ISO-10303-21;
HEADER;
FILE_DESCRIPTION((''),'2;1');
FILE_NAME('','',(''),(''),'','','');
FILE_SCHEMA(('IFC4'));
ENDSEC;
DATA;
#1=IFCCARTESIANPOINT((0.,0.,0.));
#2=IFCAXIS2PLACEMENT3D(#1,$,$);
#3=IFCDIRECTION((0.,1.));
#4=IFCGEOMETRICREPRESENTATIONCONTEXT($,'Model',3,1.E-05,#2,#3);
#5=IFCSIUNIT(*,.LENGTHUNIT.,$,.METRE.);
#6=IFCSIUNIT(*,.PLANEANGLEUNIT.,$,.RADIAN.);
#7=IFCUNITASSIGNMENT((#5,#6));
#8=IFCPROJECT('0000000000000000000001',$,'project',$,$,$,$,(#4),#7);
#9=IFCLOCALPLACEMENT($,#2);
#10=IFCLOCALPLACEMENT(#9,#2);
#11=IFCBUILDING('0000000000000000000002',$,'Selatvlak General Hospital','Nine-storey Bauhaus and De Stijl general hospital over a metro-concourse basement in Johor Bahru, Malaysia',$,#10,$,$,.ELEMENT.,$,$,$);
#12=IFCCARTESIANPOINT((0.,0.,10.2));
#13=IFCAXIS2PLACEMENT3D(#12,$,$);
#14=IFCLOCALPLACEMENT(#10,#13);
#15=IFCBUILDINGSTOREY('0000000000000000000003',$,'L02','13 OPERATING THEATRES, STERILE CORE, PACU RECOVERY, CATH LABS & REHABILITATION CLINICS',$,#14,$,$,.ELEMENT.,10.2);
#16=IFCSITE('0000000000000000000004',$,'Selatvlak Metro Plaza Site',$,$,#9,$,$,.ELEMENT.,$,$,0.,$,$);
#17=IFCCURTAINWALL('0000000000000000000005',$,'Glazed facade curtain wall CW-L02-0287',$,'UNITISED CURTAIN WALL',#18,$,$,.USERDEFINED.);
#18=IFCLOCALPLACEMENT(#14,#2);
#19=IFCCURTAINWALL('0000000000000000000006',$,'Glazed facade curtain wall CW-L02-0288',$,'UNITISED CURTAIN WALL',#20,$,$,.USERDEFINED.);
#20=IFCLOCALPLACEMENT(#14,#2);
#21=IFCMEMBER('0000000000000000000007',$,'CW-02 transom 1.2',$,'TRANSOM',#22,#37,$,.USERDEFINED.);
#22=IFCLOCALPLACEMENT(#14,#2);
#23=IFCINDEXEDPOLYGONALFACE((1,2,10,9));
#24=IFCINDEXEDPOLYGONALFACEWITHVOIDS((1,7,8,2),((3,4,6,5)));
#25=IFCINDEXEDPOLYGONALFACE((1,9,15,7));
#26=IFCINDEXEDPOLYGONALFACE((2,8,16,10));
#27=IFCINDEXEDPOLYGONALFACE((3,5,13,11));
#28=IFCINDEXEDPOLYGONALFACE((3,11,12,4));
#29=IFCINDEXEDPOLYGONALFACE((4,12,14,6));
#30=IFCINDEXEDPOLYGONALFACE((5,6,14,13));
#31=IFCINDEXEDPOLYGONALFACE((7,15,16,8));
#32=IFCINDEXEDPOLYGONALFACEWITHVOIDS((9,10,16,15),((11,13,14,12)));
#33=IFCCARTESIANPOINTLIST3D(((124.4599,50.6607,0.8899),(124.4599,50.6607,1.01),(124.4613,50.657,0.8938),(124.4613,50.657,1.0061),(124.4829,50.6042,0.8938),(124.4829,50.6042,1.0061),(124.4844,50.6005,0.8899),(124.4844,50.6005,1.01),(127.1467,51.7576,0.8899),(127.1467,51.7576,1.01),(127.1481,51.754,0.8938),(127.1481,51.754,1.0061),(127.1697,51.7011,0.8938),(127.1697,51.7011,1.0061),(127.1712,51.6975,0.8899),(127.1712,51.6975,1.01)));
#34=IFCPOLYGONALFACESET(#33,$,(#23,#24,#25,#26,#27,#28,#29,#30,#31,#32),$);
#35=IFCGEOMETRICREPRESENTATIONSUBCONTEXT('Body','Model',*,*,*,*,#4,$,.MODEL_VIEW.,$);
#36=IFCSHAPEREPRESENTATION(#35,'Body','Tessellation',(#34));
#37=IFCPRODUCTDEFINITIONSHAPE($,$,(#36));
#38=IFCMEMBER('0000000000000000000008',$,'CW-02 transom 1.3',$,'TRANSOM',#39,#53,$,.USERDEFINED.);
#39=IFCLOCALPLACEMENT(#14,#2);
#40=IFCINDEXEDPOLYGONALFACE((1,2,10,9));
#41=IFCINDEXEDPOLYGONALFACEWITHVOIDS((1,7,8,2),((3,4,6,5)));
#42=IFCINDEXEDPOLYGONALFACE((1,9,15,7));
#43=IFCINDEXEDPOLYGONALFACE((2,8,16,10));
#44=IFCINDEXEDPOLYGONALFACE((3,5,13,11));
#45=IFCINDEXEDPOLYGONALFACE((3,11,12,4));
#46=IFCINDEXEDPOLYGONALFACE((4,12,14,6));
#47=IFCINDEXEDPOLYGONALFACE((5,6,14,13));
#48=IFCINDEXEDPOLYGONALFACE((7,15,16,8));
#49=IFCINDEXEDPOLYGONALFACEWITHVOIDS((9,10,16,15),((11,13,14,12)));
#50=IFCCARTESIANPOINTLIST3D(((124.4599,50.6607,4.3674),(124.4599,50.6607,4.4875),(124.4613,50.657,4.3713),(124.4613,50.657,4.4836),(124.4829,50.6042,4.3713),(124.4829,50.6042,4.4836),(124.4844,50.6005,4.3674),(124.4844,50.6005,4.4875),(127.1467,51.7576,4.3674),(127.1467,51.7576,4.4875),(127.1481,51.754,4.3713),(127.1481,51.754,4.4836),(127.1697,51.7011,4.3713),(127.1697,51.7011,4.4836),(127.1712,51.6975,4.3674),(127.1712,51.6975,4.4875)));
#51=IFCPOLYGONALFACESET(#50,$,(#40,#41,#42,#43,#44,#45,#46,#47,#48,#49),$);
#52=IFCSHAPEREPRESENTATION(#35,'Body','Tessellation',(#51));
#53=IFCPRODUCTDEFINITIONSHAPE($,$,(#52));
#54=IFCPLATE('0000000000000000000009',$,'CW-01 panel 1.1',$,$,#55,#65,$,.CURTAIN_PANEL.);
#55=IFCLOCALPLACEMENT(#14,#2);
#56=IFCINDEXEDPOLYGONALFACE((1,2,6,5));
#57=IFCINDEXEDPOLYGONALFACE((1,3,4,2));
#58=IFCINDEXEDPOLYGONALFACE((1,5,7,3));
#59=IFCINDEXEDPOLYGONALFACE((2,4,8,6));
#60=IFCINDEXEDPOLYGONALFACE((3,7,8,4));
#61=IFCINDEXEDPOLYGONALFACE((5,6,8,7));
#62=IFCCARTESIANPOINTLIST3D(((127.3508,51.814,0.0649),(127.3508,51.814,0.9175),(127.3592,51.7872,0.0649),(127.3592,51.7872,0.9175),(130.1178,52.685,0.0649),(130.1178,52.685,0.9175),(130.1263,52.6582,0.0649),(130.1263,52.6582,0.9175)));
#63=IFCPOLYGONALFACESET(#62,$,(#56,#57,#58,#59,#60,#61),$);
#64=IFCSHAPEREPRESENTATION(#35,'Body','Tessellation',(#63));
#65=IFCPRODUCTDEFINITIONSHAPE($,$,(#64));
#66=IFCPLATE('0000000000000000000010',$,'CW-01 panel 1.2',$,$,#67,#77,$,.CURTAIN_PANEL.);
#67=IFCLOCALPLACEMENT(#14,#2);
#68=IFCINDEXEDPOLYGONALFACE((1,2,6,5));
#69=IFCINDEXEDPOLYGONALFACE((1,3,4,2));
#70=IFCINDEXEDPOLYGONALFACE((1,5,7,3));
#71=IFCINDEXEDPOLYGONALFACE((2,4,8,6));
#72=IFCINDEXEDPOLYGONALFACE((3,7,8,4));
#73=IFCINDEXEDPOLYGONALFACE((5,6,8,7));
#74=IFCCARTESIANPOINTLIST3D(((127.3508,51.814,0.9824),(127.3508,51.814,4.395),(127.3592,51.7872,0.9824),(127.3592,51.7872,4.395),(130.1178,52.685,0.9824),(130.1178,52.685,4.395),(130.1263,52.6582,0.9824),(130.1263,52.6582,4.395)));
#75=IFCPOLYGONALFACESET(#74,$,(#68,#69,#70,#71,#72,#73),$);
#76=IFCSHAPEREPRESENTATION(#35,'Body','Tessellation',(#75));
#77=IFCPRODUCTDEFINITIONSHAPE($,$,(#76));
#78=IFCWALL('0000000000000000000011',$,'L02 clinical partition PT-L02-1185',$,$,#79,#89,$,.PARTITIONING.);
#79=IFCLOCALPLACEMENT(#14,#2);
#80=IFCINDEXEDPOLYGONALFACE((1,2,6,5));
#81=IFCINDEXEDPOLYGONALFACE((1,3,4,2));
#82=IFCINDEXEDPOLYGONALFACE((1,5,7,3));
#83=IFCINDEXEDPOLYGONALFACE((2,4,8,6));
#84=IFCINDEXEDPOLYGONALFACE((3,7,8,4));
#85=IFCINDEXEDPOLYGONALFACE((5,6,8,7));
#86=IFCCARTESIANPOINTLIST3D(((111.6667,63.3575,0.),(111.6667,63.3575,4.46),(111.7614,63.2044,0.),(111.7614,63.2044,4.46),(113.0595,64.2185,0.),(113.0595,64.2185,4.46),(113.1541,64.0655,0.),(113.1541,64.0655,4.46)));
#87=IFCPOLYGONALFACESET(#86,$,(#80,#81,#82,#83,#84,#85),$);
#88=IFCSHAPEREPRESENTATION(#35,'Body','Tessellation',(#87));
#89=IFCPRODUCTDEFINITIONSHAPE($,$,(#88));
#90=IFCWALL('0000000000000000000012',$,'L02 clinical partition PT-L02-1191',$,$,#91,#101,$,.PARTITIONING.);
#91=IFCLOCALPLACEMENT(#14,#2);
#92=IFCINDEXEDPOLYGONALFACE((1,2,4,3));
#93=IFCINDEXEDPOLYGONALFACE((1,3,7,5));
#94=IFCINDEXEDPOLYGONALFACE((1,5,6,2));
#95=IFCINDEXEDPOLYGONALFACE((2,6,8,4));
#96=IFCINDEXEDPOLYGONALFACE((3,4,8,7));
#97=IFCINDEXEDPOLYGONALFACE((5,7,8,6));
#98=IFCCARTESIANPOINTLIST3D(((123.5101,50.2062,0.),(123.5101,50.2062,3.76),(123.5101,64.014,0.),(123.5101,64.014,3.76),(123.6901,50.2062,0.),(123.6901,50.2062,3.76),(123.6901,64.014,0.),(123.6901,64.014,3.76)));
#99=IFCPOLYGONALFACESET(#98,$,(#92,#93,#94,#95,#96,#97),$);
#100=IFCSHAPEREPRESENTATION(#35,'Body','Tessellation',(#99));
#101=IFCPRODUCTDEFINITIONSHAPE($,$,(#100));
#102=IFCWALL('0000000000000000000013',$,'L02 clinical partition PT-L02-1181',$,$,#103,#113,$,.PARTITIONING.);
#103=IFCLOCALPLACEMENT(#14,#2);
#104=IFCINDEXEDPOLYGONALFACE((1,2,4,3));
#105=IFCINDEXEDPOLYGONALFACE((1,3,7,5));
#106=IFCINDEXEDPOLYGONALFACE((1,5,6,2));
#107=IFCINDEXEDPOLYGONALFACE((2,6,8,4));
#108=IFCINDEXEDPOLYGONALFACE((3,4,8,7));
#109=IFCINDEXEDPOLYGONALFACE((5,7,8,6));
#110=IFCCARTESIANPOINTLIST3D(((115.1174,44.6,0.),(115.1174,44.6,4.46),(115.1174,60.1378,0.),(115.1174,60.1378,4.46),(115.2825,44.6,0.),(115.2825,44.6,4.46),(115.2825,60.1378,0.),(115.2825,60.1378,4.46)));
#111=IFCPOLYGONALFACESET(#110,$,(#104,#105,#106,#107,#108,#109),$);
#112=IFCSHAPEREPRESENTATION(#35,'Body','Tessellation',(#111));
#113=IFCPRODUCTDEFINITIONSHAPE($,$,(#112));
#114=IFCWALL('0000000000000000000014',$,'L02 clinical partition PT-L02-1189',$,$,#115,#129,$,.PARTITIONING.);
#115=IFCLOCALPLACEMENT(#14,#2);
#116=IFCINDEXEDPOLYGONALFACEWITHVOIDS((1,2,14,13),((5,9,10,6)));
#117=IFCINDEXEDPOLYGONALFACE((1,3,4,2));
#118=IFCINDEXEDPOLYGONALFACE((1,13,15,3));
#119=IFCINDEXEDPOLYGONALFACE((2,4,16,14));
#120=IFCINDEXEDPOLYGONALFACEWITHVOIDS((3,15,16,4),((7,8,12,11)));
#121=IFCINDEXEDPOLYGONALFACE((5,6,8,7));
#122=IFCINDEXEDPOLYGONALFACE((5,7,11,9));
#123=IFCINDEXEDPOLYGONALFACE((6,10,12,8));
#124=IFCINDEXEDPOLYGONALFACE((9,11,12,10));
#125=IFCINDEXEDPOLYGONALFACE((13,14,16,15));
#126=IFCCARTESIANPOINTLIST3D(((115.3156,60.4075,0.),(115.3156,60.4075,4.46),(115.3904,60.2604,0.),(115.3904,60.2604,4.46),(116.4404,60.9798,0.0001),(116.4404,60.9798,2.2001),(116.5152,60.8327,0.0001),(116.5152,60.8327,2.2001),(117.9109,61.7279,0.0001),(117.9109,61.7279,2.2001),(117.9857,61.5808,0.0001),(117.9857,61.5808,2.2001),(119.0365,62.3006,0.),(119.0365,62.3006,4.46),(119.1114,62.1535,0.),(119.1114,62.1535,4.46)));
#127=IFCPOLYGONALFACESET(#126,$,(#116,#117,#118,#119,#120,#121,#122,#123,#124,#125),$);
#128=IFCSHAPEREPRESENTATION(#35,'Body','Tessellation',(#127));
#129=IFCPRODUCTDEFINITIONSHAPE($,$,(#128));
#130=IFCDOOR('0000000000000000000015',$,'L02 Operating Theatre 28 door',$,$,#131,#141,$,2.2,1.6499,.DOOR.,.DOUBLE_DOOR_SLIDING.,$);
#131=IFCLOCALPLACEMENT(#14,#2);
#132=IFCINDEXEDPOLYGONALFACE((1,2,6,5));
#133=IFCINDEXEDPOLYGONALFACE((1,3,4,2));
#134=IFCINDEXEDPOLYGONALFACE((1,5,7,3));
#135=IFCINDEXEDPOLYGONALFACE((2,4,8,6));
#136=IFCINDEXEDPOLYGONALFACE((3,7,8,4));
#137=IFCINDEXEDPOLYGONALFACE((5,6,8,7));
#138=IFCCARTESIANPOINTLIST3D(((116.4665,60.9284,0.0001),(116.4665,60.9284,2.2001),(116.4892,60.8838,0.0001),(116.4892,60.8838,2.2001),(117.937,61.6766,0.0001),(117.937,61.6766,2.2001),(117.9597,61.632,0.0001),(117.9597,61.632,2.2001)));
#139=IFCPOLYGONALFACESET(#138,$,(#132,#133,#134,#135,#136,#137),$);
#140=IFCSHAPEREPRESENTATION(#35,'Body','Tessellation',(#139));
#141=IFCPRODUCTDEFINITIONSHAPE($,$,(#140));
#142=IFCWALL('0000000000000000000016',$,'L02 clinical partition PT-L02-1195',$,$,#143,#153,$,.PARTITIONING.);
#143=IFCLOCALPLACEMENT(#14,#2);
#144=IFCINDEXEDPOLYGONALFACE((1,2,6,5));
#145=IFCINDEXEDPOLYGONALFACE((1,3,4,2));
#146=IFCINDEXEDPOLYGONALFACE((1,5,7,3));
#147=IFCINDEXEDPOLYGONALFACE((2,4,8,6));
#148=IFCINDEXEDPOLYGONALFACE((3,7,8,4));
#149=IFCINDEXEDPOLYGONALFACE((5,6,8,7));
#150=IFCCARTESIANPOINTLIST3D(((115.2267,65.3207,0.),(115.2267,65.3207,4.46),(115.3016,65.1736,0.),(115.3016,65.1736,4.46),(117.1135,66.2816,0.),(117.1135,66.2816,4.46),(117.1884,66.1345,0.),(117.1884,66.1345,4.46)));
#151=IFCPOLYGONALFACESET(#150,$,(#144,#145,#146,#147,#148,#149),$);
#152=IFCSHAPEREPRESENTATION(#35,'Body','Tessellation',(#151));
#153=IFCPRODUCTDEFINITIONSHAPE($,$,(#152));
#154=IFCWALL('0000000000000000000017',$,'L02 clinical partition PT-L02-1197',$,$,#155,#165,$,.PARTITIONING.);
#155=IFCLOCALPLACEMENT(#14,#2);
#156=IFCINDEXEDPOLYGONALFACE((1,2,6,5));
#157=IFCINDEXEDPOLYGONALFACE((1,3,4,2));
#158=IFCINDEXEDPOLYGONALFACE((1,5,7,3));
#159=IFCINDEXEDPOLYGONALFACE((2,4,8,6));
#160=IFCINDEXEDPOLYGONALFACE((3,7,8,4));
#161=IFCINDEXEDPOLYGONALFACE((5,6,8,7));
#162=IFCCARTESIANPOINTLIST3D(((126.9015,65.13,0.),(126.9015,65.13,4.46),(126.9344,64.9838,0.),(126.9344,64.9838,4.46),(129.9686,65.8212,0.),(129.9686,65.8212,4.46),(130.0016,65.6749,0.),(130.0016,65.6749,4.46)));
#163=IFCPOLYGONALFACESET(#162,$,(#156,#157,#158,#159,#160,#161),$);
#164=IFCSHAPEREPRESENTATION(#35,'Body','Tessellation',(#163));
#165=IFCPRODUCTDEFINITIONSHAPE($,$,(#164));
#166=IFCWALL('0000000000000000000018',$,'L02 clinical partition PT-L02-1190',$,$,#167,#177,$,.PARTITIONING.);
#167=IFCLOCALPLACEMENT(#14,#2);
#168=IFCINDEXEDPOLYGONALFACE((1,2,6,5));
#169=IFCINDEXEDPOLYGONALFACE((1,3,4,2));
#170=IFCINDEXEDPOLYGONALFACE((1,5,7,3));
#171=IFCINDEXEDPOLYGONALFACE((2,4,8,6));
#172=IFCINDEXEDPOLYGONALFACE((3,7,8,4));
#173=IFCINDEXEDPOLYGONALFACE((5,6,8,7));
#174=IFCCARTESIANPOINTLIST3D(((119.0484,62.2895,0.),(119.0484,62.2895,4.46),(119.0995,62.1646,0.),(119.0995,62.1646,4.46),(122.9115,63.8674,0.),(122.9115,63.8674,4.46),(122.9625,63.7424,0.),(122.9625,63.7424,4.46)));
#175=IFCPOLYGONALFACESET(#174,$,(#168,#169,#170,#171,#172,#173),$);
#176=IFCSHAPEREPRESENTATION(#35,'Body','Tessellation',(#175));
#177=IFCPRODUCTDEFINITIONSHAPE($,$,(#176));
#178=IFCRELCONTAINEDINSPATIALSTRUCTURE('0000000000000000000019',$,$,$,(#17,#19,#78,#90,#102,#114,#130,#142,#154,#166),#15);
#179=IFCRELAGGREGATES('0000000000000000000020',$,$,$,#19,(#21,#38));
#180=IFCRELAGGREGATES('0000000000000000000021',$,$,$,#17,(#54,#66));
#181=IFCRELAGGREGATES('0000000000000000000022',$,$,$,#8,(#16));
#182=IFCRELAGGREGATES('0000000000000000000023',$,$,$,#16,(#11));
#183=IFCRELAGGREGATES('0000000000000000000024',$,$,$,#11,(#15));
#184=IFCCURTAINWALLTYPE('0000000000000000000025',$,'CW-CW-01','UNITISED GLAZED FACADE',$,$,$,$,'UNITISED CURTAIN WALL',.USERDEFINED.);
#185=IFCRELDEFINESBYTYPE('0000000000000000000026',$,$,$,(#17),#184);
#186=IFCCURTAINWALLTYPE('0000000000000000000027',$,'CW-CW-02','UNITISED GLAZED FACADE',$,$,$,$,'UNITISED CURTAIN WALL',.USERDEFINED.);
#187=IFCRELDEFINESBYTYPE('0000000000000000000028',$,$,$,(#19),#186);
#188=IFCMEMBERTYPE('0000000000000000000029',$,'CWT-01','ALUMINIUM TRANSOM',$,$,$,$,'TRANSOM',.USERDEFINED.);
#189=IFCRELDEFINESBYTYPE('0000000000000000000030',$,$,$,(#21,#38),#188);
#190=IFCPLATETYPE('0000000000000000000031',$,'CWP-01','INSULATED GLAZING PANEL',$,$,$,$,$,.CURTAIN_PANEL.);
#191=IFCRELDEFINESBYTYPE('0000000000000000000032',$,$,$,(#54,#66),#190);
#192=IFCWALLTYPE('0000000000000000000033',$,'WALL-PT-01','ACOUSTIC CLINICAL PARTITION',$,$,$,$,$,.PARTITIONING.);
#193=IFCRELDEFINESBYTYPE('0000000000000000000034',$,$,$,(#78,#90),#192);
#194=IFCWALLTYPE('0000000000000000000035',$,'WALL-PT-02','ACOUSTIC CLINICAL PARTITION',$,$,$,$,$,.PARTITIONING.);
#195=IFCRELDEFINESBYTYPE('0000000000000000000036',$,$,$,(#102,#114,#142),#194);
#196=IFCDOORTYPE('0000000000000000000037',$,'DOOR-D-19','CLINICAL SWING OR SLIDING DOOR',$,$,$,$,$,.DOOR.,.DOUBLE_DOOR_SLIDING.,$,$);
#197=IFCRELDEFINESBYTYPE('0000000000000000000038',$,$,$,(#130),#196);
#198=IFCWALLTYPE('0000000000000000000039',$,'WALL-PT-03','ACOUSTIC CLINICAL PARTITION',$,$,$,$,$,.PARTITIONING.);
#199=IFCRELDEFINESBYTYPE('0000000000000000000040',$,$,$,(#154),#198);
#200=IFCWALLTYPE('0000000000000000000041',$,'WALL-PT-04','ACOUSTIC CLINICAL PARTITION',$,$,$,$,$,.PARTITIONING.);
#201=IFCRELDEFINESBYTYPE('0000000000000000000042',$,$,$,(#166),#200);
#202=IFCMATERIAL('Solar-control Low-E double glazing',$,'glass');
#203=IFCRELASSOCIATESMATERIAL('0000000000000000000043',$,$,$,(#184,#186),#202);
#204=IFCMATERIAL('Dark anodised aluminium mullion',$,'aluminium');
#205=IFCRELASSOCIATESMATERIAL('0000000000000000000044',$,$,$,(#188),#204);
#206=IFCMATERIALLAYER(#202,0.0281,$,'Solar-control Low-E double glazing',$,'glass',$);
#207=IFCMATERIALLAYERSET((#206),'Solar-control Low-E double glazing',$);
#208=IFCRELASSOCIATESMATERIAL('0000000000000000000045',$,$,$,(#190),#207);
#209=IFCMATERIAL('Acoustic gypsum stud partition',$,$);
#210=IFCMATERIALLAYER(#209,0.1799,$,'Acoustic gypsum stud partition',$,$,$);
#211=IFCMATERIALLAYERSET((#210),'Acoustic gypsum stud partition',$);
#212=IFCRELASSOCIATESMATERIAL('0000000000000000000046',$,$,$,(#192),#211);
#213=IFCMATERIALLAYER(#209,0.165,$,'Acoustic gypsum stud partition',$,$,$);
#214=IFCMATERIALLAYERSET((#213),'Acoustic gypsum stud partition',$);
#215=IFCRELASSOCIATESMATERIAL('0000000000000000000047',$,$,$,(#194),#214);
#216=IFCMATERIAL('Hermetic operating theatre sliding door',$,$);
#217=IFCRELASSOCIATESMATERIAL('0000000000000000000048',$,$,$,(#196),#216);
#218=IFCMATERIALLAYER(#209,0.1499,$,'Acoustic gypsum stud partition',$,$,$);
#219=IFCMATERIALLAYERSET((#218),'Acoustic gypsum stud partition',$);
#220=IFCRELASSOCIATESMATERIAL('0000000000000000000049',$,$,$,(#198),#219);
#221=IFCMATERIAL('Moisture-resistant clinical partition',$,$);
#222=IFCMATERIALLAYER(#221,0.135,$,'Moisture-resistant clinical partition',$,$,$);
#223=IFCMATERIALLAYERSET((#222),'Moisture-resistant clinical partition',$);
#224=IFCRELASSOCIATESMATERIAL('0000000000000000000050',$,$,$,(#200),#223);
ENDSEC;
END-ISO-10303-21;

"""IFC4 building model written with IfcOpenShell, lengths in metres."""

from ifc_helpers import new_model, si_unit, direction, frame, frame_2d, origin, origin_2d, place, context, subcontext, project, spatial, rectangle, hollow_rectangle, extrude, material, layer, layer_set, material_profile, profile_set, type_object, element, fill, aggregate, save


model = new_model("IFC4")

# Units and contexts
model_context = context("Model", 3, precision=1e-05, world=origin(), true_north=direction((0.0, 1.0)))
body_context = subcontext(model_context, "Body", "Model", "MODEL_VIEW")
ifc_project = project(units=[si_unit("LENGTHUNIT", "METRE"), si_unit("PLANEANGLEUNIT", "RADIAN")], contexts=[model_context])

# Site, building, storey
site_placement = place(None, origin())
site = spatial("IfcSite", under=ifc_project, at=site_placement, Name="Selatvlak Metro Plaza Site", CompositionType="ELEMENT", RefElevation=0.0)
building_placement = place(site_placement, origin())
building = spatial("IfcBuilding", under=site, at=building_placement, Name="Selatvlak General Hospital", Description="Nine-storey Bauhaus and De Stijl general hospital over a metro-concourse basement in Johor Bahru, Malaysia", CompositionType="ELEMENT")
storey_placement = place(building_placement, frame((0.0, 0.0, 10.2)))
storey = spatial("IfcBuildingStorey", under=building, at=storey_placement, Name="L02", Description="13 OPERATING THEATRES, STERILE CORE, PACU RECOVERY, CATH LABS & REHABILITATION CLINICS", CompositionType="ELEMENT", Elevation=10.2)

# Curtain wall
ifc_material_1 = material(Name="Solar-control Low-E double glazing", Category="glass")
curtain_wall_type_1 = type_object("IfcCurtainWallType", Name="CW-CW-01", Description="UNITISED GLAZED FACADE", ElementType="UNITISED CURTAIN WALL", PredefinedType="USERDEFINED", material=ifc_material_1)
curtain_wall_1_placement = place(storey_placement, origin())
curtain_wall_1 = element("IfcCurtainWall", 1, at=curtain_wall_1_placement, inside=storey, type_object=curtain_wall_type_1, Name="Glazed facade curtain wall CW-L02-0287", ObjectType="UNITISED CURTAIN WALL", PredefinedType="USERDEFINED")
ifc_material_2 = material(Name="Dark anodised aluminium mullion", Category="aluminium")

# Curtain wall
curtain_wall_type_2 = type_object("IfcCurtainWallType", Name="CW-CW-02", Description="UNITISED GLAZED FACADE", ElementType="UNITISED CURTAIN WALL", PredefinedType="USERDEFINED", material=ifc_material_1)
curtain_wall_2_placement = place(storey_placement, origin())
curtain_wall_2 = element("IfcCurtainWall", 2, at=curtain_wall_2_placement, inside=storey, type_object=curtain_wall_type_2, Name="Glazed facade curtain wall CW-L02-0288", ObjectType="UNITISED CURTAIN WALL", PredefinedType="USERDEFINED")

# Members
ifc_material_profile_1 = material_profile(ifc_material_2, hollow_rectangle(XDim=0.0649, YDim=0.1201, WallThickness=0.0039, at=origin_2d()), Name="AL-TRN 65x120x4")
ifc_profile_set_1 = profile_set([ifc_material_profile_1], Name="Dark anodised aluminium mullion")
member_type_1 = type_object("IfcMemberType", Name="CWT-01", Description="ALUMINIUM TRANSOM", ElementType="TRANSOM", PredefinedType="USERDEFINED", material=ifc_profile_set_1)
member_1_placement = place(storey_placement, frame((127.1589, 51.7275, 0.95), z_axis=(-0.925813, -0.377981, 0.0), x_axis=(0.377981, -0.925813, 0.0)))
member_1 = element("IfcMember", 3, at=member_1_placement, type_object=member_type_1, Name="CW-02 transom 1.2", ObjectType="TRANSOM", PredefinedType="USERDEFINED", context=body_context, shape_type="SweptSolid", body=[
    extrude(hollow_rectangle(XDim=0.0649, YDim=0.1201, WallThickness=0.0039, at=origin_2d()), origin(), (0.0, 0.0, 1.0), 2.9021),
])
member_2_placement = place(storey_placement, frame((127.1589, 51.7275, 4.4275), z_axis=(-0.925813, -0.377981, 0.0), x_axis=(0.377981, -0.925813, 0.0)))
member_2 = element("IfcMember", 4, at=member_2_placement, type_object=member_type_1, Name="CW-02 transom 1.3", ObjectType="TRANSOM", PredefinedType="USERDEFINED", context=body_context, shape_type="SweptSolid", body=[
    extrude(hollow_rectangle(XDim=0.0649, YDim=0.1201, WallThickness=0.0039, at=origin_2d()), origin(), (0.0, 0.0, 1.0), 2.9021),
])
aggregate(curtain_wall_2, [member_1, member_2])

# Plates
ifc_layer_1 = layer(ifc_material_1, 0.0281, Name="Solar-control Low-E double glazing", Category="glass")
ifc_layer_set_1 = layer_set([ifc_layer_1], Name="Solar-control Low-E double glazing")
plate_type = type_object("IfcPlateType", Name="CWP-01", Description="INSULATED GLAZING PANEL", PredefinedType="CURTAIN_PANEL", material=ifc_layer_set_1)
plate_1_placement = place(storey_placement, frame((128.7385, 52.2361, 0.0649), z_axis=(0.0, 0.0, 1.0), x_axis=(-0.953862, -0.300247, 0.0)))
plate_1 = element("IfcPlate", 5, at=plate_1_placement, type_object=plate_type, Name="CW-01 panel 1.1", PredefinedType="CURTAIN_PANEL", context=body_context, shape_type="SweptSolid", body=[
    extrude(rectangle(XDim=2.9009, YDim=0.0281, at=origin_2d()), origin(), (0.0, 0.0, 1.0), 0.8525),
])
plate_2_placement = place(storey_placement, frame((128.7385, 52.2361, 0.9824), z_axis=(0.0, 0.0, 1.0), x_axis=(-0.953862, -0.300247, 0.0)))
plate_2 = element("IfcPlate", 6, at=plate_2_placement, type_object=plate_type, Name="CW-01 panel 1.2", PredefinedType="CURTAIN_PANEL", context=body_context, shape_type="SweptSolid", body=[
    extrude(rectangle(XDim=2.9009, YDim=0.0281, at=origin_2d()), origin(), (0.0, 0.0, 1.0), 3.4126),
])
aggregate(curtain_wall_1, [plate_1, plate_2])

# Walls
ifc_material_3 = material(Name="Acoustic gypsum stud partition")
ifc_layer_2 = layer(ifc_material_3, 0.1799, Name="Acoustic gypsum stud partition")
ifc_layer_set_2 = layer_set([ifc_layer_2], Name="Acoustic gypsum stud partition")
wall_type_1 = type_object("IfcWallType", Name="WALL-PT-01", Description="ACOUSTIC CLINICAL PARTITION", PredefinedType="PARTITIONING", material=ifc_layer_set_2)
wall_1_placement = place(storey_placement, frame((113.1069, 64.1421, 0.0), z_axis=(0.0, 0.0, 1.0), x_axis=(-0.850576, -0.525852, 0.0)))
element("IfcWall", 7, at=wall_1_placement, inside=storey, type_object=wall_type_1, Name="L02 clinical partition PT-L02-1185", PredefinedType="PARTITIONING", context=body_context, shape_type="SweptSolid", body=[
    extrude(rectangle(XDim=1.6375, YDim=0.1799, at=frame_2d((0.8188, 0.0))), origin(), (0.0, 0.0, 1.0), 4.46),
])
wall_2_placement = place(storey_placement, frame((123.6001, 64.0139, 0.0), z_axis=(0.0, 0.0, 1.0), x_axis=(0.0, -1.0, 0.0)))
element("IfcWall", 8, at=wall_2_placement, inside=storey, type_object=wall_type_1, Name="L02 clinical partition PT-L02-1191", PredefinedType="PARTITIONING", context=body_context, shape_type="SweptSolid", body=[
    extrude(rectangle(XDim=13.8079, YDim=0.1799, at=frame_2d((6.9038, 0.0))), origin(), (0.0, 0.0, 1.0), 3.76),
])
ifc_layer_3 = layer(ifc_material_3, 0.165, Name="Acoustic gypsum stud partition")
ifc_layer_set_3 = layer_set([ifc_layer_3], Name="Acoustic gypsum stud partition")
wall_type_2 = type_object("IfcWallType", Name="WALL-PT-02", Description="ACOUSTIC CLINICAL PARTITION", PredefinedType="PARTITIONING", material=ifc_layer_set_3)
wall_3_placement = place(storey_placement, frame((115.2, 60.1379, 0.0), z_axis=(0.0, 0.0, 1.0), x_axis=(0.0, -1.0, 0.0)))
element("IfcWall", 9, at=wall_3_placement, inside=storey, type_object=wall_type_2, Name="L02 clinical partition PT-L02-1181", PredefinedType="PARTITIONING", context=body_context, shape_type="SweptSolid", body=[
    extrude(rectangle(XDim=15.5378, YDim=0.165, at=frame_2d((7.769, 0.0))), origin(), (0.0, 0.0, 1.0), 4.46),
])

# Wall, opening, door
wall_4_placement = place(storey_placement, frame((115.353, 60.334, 0.0), z_axis=(0.0, 0.0, 1.0), x_axis=(0.891283, 0.453448, 0.0)))
wall_4 = element("IfcWall", 10, at=wall_4_placement, inside=storey, type_object=wall_type_2, Name="L02 clinical partition PT-L02-1189", PredefinedType="PARTITIONING", context=body_context, shape_type="SweptSolid", body=[
    extrude(rectangle(XDim=4.1748, YDim=0.165, at=frame_2d((2.0874, 0.0))), origin(), (0.0, 0.0, 1.0), 4.46),
])
opening_1_placement = place(wall_4_placement, frame((1.262, 0.0, 0.0)))
opening_1 = element("IfcOpeningElement", 11, at=opening_1_placement, cuts=wall_4, PredefinedType="OPENING", context=body_context, shape_type="SweptSolid", body=[
    extrude(rectangle(XDim=1.6499, YDim=2.2, at=frame_2d((0.825, 1.1001))), frame((0.0, 0.0925, 0.0), z_axis=(0.0, -1.0, 0.0), x_axis=(1.0, 0.0, 0.0)), (0.0, 0.0, 1.0), 0.1851),
])
ifc_material_4 = material(Name="Hermetic operating theatre sliding door")
door_type_1 = type_object("IfcDoorType", Name="DOOR-D-19", Description="CLINICAL SWING OR SLIDING DOOR", OperationType="DOUBLE_DOOR_SLIDING", PredefinedType="DOOR", material=ifc_material_4)
door_1_placement = place(opening_1_placement, origin())
door_1 = element("IfcDoor", 12, at=door_1_placement, inside=storey, type_object=door_type_1, Name="L02 Operating Theatre 28 door", OperationType="DOUBLE_DOOR_SLIDING", OverallHeight=2.2, OverallWidth=1.6499, PredefinedType="DOOR", context=body_context, shape_type="SweptSolid", body=[
    extrude(rectangle(XDim=1.6499, YDim=2.2, at=frame_2d((0.825, 1.1001))), frame((0.0, 0.0249, 0.0), z_axis=(0.0, -1.0, 0.0), x_axis=(1.0, 0.0, 0.0)), (0.0, 0.0, 1.0), 0.05),
])
fill(opening_1, door_1)

# Wall
wall_5_placement = place(storey_placement, frame((117.1509, 66.208, 0.0), z_axis=(0.0, 0.0, 1.0), x_axis=(-0.891105, -0.453796, 0.0)))
element("IfcWall", 13, at=wall_5_placement, inside=storey, type_object=wall_type_2, Name="L02 clinical partition PT-L02-1195", PredefinedType="PARTITIONING", context=body_context, shape_type="SweptSolid", body=[
    extrude(rectangle(XDim=2.1174, YDim=0.165, at=frame_2d((1.0586, 0.0))), origin(), (0.0, 0.0, 1.0), 4.46),
])

# Walls
ifc_layer_4 = layer(ifc_material_3, 0.1499, Name="Acoustic gypsum stud partition")
ifc_layer_set_4 = layer_set([ifc_layer_4], Name="Acoustic gypsum stud partition")
wall_type_3 = type_object("IfcWallType", Name="WALL-PT-03", Description="ACOUSTIC CLINICAL PARTITION", PredefinedType="PARTITIONING", material=ifc_layer_set_4)
wall_6_placement = place(storey_placement, frame((126.918, 65.0569, 0.0), z_axis=(0.0, 0.0, 1.0), x_axis=(0.975538, 0.219832, 0.0)))
element("IfcWall", 14, at=wall_6_placement, inside=storey, type_object=wall_type_3, Name="L02 clinical partition PT-L02-1197", PredefinedType="PARTITIONING", context=body_context, shape_type="SweptSolid", body=[
    extrude(rectangle(XDim=3.144, YDim=0.1499, at=frame_2d((1.572, 0.0))), origin(), (0.0, 0.0, 1.0), 4.46),
])
ifc_material_5 = material(Name="Moisture-resistant clinical partition")
ifc_layer_5 = layer(ifc_material_5, 0.135, Name="Moisture-resistant clinical partition")
ifc_layer_set_5 = layer_set([ifc_layer_5], Name="Moisture-resistant clinical partition")
wall_type_4 = type_object("IfcWallType", Name="WALL-PT-04", Description="ACOUSTIC CLINICAL PARTITION", PredefinedType="PARTITIONING", material=ifc_layer_set_5)
wall_7_placement = place(storey_placement, frame((119.074, 62.2271, 0.0), z_axis=(0.0, 0.0, 1.0), x_axis=(0.925753, 0.378129, 0.0)))
element("IfcWall", 15, at=wall_7_placement, inside=storey, type_object=wall_type_4, Name="L02 clinical partition PT-L02-1190", PredefinedType="PARTITIONING", context=body_context, shape_type="SweptSolid", body=[
    extrude(rectangle(XDim=4.1729, YDim=0.135, at=frame_2d((2.0864, 0.0))), origin(), (0.0, 0.0, 1.0), 4.46),
])

save(model, "model.ifc")
